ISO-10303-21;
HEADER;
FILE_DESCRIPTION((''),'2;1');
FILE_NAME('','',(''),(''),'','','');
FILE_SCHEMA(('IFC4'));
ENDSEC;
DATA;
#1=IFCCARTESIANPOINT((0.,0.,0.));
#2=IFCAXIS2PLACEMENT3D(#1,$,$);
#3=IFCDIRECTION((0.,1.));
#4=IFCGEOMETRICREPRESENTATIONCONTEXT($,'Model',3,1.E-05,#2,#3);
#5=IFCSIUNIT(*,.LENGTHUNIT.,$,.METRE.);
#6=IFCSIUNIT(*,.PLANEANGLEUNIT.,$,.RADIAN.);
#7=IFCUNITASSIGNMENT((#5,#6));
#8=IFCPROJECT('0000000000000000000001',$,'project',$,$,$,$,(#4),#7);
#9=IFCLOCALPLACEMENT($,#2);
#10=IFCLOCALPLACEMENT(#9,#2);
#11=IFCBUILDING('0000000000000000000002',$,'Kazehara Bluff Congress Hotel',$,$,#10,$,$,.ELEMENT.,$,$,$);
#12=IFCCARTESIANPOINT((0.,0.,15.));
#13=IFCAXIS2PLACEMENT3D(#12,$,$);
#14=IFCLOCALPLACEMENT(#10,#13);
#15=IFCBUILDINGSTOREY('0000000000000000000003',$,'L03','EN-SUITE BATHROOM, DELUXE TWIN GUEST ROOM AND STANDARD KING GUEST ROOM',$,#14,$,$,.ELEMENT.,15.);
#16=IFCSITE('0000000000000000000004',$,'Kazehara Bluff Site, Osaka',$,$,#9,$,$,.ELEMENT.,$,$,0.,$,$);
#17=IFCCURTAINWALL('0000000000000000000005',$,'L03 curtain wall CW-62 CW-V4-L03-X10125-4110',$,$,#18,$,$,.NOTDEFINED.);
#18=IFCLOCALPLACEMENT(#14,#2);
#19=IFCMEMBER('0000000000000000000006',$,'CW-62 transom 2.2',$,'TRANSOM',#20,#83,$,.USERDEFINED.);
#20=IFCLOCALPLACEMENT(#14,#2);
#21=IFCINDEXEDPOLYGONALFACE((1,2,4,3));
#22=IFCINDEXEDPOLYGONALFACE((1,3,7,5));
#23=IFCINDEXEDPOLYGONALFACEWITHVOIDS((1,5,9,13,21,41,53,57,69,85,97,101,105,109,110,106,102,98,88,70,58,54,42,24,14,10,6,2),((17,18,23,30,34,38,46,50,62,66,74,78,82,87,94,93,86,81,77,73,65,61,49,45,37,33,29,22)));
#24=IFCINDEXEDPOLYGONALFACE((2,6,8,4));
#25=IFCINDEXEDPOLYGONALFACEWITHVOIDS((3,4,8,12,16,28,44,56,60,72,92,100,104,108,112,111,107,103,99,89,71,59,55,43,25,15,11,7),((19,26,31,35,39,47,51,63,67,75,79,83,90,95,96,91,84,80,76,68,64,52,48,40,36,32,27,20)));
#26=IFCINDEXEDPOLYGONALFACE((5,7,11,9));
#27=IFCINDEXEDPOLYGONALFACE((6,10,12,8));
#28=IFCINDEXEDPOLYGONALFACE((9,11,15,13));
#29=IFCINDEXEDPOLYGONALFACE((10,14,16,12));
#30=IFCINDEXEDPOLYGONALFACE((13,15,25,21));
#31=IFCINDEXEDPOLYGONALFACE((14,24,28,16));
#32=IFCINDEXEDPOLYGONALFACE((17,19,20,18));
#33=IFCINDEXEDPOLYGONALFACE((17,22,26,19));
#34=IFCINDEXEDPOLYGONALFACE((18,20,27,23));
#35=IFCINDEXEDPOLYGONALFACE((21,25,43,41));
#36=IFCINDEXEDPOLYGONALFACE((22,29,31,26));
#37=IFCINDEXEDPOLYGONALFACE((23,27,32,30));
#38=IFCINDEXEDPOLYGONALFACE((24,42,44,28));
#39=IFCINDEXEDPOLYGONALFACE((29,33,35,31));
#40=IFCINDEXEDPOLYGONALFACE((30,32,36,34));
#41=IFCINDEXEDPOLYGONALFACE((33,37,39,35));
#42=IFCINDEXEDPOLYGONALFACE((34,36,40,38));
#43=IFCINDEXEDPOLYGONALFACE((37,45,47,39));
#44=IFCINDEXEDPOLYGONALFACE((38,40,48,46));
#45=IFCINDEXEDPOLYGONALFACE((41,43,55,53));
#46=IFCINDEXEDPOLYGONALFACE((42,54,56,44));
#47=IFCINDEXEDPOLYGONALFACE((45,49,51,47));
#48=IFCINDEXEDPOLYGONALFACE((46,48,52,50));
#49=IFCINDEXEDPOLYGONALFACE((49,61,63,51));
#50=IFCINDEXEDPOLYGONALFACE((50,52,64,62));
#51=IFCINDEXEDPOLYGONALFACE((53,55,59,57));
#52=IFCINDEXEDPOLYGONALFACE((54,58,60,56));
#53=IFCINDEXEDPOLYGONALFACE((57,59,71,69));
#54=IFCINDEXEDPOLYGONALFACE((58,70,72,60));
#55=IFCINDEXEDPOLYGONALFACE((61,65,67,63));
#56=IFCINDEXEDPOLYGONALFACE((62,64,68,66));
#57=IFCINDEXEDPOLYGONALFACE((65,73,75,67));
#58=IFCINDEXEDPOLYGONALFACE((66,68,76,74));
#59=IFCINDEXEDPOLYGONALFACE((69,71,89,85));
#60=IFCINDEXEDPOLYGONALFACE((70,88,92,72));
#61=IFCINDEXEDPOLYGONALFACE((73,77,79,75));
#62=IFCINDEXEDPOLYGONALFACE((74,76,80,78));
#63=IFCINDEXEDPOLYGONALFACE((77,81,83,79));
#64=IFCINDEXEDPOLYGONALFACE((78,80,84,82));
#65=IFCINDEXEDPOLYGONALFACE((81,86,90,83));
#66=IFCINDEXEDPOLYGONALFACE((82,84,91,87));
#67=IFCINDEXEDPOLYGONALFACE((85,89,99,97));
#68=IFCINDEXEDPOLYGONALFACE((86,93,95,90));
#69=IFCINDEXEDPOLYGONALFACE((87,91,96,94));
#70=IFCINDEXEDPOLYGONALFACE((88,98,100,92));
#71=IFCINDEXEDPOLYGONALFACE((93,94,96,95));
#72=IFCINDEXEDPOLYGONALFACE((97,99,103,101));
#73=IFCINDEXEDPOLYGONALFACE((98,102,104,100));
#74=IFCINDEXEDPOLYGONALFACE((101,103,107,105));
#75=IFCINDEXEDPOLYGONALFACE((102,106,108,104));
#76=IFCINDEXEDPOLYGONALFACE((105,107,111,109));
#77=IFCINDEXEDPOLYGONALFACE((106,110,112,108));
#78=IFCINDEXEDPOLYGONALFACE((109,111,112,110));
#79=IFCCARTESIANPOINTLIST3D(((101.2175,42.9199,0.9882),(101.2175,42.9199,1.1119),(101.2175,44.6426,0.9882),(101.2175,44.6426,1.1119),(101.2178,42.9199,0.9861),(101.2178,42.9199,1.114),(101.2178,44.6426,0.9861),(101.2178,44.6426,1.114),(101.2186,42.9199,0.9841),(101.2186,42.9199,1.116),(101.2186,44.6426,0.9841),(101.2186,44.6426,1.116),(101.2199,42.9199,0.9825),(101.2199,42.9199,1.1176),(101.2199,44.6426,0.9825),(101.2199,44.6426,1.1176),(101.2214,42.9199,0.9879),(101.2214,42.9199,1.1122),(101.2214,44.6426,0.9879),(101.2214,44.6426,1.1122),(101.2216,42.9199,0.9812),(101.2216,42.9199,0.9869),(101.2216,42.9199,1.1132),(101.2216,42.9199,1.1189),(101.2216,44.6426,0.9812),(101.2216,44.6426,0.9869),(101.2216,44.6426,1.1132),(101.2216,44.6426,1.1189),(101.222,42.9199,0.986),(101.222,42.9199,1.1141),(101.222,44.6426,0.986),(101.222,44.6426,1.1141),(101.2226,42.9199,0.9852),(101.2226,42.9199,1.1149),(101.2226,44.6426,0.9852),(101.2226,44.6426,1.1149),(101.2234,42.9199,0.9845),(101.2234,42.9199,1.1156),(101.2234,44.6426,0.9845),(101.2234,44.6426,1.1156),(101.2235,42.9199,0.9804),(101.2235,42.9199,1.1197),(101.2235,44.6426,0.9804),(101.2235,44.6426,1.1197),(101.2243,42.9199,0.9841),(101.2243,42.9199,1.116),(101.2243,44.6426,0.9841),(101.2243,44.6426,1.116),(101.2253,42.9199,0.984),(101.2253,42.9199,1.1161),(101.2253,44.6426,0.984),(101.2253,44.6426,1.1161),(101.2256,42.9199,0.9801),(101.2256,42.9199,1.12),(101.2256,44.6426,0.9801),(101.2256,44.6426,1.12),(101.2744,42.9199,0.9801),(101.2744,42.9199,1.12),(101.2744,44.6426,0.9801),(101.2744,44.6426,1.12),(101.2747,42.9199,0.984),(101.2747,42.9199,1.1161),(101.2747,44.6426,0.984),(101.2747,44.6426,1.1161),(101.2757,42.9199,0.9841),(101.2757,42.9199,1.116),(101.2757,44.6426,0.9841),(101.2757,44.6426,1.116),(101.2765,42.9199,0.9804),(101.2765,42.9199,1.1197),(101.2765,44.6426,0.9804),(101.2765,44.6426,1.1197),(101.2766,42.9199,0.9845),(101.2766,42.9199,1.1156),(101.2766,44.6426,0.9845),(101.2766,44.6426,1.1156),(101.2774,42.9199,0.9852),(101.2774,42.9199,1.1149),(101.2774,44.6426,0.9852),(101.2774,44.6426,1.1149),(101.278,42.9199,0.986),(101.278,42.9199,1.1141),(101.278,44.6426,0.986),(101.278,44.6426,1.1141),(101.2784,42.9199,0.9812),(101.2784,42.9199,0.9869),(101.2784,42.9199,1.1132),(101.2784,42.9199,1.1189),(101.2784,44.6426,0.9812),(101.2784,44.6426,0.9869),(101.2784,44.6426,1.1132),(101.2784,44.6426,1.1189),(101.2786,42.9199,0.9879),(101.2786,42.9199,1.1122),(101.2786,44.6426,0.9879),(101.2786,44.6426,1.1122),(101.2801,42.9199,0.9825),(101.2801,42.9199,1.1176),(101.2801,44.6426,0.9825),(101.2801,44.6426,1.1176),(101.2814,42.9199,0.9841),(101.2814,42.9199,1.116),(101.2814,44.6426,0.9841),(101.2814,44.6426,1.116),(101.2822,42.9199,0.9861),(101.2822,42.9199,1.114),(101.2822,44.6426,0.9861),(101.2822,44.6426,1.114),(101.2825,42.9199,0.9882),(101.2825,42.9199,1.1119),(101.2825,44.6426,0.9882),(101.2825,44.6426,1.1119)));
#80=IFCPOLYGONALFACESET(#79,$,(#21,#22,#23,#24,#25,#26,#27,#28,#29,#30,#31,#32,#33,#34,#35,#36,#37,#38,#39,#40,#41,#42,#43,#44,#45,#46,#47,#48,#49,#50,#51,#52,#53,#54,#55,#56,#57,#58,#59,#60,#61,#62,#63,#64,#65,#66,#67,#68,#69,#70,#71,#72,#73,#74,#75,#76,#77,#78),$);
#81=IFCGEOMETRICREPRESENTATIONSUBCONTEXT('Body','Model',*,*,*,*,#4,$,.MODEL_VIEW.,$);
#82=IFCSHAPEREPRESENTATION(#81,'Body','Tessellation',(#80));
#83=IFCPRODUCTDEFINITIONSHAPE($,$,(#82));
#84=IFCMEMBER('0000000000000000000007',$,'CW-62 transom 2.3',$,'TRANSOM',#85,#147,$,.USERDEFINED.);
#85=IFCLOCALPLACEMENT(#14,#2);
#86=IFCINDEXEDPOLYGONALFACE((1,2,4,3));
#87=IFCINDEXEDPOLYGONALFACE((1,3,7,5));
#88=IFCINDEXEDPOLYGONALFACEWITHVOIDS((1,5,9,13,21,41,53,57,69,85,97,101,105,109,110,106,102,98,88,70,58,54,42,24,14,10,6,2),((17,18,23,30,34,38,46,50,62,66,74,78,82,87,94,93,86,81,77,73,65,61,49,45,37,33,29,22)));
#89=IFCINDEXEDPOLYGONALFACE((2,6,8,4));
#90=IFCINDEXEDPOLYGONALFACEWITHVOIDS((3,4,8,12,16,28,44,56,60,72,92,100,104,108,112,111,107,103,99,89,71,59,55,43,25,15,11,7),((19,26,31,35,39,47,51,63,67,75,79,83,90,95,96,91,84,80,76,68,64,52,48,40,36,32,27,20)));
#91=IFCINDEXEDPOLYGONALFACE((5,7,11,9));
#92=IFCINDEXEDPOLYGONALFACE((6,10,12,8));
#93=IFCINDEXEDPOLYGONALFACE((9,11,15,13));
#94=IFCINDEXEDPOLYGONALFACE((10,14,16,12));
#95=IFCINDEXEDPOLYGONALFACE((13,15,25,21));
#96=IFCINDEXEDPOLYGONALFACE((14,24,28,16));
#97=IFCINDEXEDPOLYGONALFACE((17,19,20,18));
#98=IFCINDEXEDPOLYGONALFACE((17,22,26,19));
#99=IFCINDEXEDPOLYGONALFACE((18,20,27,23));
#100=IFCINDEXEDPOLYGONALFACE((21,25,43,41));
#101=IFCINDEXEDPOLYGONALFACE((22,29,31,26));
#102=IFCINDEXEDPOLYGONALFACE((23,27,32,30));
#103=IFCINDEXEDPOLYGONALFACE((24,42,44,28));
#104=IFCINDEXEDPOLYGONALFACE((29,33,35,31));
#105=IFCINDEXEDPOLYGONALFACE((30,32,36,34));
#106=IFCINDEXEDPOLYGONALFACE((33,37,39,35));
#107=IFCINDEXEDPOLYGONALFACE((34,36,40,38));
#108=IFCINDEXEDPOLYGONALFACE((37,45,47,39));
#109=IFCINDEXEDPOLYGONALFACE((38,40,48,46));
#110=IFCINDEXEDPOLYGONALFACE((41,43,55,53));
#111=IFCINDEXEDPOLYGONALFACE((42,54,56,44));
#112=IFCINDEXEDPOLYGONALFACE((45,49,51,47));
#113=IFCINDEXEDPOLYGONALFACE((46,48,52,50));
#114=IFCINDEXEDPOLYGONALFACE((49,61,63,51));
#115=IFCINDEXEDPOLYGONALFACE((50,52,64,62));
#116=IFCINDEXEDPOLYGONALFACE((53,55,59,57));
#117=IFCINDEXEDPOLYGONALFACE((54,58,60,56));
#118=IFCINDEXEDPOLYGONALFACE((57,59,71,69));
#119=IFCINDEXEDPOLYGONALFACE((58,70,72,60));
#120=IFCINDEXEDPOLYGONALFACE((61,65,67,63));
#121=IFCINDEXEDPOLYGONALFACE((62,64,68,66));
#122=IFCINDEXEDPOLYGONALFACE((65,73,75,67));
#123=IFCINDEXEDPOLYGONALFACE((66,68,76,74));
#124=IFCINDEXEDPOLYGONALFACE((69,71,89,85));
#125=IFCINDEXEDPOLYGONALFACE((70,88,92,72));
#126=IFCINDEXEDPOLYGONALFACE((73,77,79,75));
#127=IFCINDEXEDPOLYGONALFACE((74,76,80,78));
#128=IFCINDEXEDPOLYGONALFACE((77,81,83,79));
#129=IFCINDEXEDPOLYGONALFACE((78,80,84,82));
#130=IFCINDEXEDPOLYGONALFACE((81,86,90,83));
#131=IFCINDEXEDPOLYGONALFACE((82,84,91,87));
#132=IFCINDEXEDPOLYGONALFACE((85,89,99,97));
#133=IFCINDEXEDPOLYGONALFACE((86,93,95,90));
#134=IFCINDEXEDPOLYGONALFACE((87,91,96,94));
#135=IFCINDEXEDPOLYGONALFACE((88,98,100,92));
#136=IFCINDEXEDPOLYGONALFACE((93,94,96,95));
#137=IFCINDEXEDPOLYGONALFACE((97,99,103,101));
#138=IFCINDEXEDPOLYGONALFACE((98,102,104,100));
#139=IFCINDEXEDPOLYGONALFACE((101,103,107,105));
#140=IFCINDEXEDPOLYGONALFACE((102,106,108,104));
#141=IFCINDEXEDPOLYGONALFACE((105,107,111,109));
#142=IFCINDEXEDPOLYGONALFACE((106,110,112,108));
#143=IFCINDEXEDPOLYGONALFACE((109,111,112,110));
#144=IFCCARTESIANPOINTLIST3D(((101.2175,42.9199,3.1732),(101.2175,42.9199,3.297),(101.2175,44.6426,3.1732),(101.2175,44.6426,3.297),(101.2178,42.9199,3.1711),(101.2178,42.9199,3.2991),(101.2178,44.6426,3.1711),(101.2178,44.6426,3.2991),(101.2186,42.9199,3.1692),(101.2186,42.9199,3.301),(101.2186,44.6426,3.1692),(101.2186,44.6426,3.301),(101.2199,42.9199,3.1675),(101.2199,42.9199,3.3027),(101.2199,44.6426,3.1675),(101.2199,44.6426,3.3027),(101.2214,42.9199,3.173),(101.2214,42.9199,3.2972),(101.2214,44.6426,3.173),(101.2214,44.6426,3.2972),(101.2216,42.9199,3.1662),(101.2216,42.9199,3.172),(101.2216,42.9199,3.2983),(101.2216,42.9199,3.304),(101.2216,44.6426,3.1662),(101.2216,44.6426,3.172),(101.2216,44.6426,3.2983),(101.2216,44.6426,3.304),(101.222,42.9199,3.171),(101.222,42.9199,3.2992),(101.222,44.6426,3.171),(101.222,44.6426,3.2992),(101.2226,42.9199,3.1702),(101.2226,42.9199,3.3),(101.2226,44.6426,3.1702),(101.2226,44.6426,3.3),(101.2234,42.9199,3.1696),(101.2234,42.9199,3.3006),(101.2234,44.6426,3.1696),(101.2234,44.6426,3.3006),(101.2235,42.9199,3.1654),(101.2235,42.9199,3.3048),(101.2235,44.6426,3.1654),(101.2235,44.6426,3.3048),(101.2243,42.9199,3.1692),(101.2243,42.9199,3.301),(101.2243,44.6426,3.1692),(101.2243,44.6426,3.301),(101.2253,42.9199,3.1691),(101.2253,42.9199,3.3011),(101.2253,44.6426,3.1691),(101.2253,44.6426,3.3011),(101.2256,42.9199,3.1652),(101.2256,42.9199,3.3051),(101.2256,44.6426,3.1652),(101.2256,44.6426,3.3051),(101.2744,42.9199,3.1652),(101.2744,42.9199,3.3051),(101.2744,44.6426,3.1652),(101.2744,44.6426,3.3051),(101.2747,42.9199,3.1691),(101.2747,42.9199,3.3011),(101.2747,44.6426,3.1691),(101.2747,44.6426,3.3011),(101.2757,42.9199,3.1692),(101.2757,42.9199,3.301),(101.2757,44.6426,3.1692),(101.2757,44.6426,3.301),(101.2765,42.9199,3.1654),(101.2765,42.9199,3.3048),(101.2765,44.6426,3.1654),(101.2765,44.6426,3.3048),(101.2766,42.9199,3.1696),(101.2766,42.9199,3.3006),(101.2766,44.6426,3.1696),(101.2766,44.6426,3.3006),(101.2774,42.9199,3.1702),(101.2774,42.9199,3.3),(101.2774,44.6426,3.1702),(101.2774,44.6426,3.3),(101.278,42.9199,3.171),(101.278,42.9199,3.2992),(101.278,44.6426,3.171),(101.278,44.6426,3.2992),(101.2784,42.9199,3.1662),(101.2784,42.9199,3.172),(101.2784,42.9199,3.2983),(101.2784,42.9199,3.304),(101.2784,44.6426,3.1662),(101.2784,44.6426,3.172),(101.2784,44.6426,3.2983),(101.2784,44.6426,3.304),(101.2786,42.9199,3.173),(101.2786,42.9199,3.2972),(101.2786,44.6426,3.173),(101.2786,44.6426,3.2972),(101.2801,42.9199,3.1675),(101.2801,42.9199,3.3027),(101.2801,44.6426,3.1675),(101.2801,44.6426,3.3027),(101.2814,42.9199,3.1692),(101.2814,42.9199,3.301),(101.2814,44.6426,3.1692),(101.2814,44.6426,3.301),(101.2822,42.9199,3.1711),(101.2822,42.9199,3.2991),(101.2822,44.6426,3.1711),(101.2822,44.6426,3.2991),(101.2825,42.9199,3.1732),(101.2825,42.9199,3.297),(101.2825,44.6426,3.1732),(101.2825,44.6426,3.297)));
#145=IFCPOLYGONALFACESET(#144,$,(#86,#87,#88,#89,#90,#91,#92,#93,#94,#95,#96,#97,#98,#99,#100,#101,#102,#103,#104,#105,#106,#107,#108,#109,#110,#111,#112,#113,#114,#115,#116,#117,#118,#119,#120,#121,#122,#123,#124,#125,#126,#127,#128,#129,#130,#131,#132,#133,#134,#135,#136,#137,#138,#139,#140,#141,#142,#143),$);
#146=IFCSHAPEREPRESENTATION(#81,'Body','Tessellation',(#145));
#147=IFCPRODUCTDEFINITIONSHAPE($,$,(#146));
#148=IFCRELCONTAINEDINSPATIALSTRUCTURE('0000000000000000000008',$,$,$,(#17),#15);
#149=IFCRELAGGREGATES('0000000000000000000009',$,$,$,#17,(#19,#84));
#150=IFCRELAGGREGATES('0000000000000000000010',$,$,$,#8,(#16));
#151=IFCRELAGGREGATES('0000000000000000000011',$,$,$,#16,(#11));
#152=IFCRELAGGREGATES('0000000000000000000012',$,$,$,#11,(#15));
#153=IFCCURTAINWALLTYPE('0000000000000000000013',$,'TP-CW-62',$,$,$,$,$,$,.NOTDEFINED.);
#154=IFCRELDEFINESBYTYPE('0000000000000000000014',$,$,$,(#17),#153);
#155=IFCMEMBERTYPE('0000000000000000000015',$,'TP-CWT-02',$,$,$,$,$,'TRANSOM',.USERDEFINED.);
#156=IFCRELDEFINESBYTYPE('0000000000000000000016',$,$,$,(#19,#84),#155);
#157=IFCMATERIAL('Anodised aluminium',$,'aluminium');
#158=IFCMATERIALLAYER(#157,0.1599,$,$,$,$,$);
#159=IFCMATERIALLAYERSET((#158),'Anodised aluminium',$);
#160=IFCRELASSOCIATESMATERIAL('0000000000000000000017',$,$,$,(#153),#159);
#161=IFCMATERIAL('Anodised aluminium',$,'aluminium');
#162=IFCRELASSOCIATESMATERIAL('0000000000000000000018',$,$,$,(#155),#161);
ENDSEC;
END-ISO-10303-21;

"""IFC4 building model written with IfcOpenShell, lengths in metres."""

from ifc_helpers import new_model, si_unit, direction, frame, origin, origin_2d, place, context, subcontext, project, spatial, hollow_rectangle, extrude, material, layer, layer_set, material_profile, profile_set, type_object, element, aggregate, save


model = new_model("IFC4")

# Units and contexts
model_context = context("Model", 3, precision=1e-05, world=origin(), true_north=direction((0.0, 1.0)))
body_context = subcontext(model_context, "Body", "Model", "MODEL_VIEW")
ifc_project = project(units=[si_unit("LENGTHUNIT", "METRE"), si_unit("PLANEANGLEUNIT", "RADIAN")], contexts=[model_context])

# Site, building, storey
site_placement = place(None, origin())
site = spatial("IfcSite", under=ifc_project, at=site_placement, Name="Kazehara Bluff Site, Osaka", CompositionType="ELEMENT", RefElevation=0.0)
building_placement = place(site_placement, origin())
building = spatial("IfcBuilding", under=site, at=building_placement, Name="Kazehara Bluff Congress Hotel", CompositionType="ELEMENT")
storey_placement = place(building_placement, frame((0.0, 0.0, 15.0)))
storey = spatial("IfcBuildingStorey", under=building, at=storey_placement, Name="L03", Description="EN-SUITE BATHROOM, DELUXE TWIN GUEST ROOM AND STANDARD KING GUEST ROOM", CompositionType="ELEMENT", Elevation=15.0)

# Curtain wall, members
ifc_material_1 = material(Name="Anodised aluminium", Category="aluminium")
ifc_layer_1 = layer(ifc_material_1, 0.1599)
ifc_layer_set_1 = layer_set([ifc_layer_1], Name="Anodised aluminium")
curtain_wall_type_1 = type_object("IfcCurtainWallType", Name="TP-CW-62", PredefinedType="NOTDEFINED", material=ifc_layer_set_1)
curtain_wall_1_placement = place(storey_placement, origin())
curtain_wall_1 = element("IfcCurtainWall", 1, at=curtain_wall_1_placement, inside=storey, type_object=curtain_wall_type_1, Name="L03 curtain wall CW-62 CW-V4-L03-X10125-4110", PredefinedType="NOTDEFINED")
ifc_material_2 = material(Name="Anodised aluminium", Category="aluminium")
ifc_material_profile_1 = material_profile(ifc_material_2, hollow_rectangle(XDim=0.0649, YDim=0.1399, WallThickness=0.0039, InnerFilletRadius=0.0039, OuterFilletRadius=0.0081, at=origin_2d()))
ifc_profile_set_1 = profile_set([ifc_material_profile_1], Name="Anodised aluminium")
member_type_1 = type_object("IfcMemberType", Name="TP-CWT-02", ElementType="TRANSOM", PredefinedType="USERDEFINED", material=ifc_profile_set_1)
member_1_placement = place(storey_placement, frame((101.25, 42.9199, 1.05), z_axis=(0.0, 1.0, 0.0), x_axis=(-1.0, 0.0, 0.0)))
member_1 = element("IfcMember", 2, at=member_1_placement, type_object=member_type_1, Name="CW-62 transom 2.2", ObjectType="TRANSOM", PredefinedType="USERDEFINED", context=body_context, shape_type="SweptSolid", body=[
    extrude(hollow_rectangle(XDim=0.0649, YDim=0.1399, WallThickness=0.0039, InnerFilletRadius=0.0039, OuterFilletRadius=0.0081, at=origin_2d()), origin(), (0.0, 0.0, 1.0), 1.7227),
])
member_2_placement = place(storey_placement, frame((101.25, 42.9199, 3.2351), z_axis=(0.0, 1.0, 0.0), x_axis=(-1.0, 0.0, 0.0)))
member_2 = element("IfcMember", 3, at=member_2_placement, type_object=member_type_1, Name="CW-62 transom 2.3", ObjectType="TRANSOM", PredefinedType="USERDEFINED", context=body_context, shape_type="SweptSolid", body=[
    extrude(hollow_rectangle(XDim=0.0649, YDim=0.1399, WallThickness=0.0039, InnerFilletRadius=0.0039, OuterFilletRadius=0.0081, at=origin_2d()), origin(), (0.0, 0.0, 1.0), 1.7227),
])

aggregate(curtain_wall_1, [member_1, member_2])

save(model, "model.ifc")
